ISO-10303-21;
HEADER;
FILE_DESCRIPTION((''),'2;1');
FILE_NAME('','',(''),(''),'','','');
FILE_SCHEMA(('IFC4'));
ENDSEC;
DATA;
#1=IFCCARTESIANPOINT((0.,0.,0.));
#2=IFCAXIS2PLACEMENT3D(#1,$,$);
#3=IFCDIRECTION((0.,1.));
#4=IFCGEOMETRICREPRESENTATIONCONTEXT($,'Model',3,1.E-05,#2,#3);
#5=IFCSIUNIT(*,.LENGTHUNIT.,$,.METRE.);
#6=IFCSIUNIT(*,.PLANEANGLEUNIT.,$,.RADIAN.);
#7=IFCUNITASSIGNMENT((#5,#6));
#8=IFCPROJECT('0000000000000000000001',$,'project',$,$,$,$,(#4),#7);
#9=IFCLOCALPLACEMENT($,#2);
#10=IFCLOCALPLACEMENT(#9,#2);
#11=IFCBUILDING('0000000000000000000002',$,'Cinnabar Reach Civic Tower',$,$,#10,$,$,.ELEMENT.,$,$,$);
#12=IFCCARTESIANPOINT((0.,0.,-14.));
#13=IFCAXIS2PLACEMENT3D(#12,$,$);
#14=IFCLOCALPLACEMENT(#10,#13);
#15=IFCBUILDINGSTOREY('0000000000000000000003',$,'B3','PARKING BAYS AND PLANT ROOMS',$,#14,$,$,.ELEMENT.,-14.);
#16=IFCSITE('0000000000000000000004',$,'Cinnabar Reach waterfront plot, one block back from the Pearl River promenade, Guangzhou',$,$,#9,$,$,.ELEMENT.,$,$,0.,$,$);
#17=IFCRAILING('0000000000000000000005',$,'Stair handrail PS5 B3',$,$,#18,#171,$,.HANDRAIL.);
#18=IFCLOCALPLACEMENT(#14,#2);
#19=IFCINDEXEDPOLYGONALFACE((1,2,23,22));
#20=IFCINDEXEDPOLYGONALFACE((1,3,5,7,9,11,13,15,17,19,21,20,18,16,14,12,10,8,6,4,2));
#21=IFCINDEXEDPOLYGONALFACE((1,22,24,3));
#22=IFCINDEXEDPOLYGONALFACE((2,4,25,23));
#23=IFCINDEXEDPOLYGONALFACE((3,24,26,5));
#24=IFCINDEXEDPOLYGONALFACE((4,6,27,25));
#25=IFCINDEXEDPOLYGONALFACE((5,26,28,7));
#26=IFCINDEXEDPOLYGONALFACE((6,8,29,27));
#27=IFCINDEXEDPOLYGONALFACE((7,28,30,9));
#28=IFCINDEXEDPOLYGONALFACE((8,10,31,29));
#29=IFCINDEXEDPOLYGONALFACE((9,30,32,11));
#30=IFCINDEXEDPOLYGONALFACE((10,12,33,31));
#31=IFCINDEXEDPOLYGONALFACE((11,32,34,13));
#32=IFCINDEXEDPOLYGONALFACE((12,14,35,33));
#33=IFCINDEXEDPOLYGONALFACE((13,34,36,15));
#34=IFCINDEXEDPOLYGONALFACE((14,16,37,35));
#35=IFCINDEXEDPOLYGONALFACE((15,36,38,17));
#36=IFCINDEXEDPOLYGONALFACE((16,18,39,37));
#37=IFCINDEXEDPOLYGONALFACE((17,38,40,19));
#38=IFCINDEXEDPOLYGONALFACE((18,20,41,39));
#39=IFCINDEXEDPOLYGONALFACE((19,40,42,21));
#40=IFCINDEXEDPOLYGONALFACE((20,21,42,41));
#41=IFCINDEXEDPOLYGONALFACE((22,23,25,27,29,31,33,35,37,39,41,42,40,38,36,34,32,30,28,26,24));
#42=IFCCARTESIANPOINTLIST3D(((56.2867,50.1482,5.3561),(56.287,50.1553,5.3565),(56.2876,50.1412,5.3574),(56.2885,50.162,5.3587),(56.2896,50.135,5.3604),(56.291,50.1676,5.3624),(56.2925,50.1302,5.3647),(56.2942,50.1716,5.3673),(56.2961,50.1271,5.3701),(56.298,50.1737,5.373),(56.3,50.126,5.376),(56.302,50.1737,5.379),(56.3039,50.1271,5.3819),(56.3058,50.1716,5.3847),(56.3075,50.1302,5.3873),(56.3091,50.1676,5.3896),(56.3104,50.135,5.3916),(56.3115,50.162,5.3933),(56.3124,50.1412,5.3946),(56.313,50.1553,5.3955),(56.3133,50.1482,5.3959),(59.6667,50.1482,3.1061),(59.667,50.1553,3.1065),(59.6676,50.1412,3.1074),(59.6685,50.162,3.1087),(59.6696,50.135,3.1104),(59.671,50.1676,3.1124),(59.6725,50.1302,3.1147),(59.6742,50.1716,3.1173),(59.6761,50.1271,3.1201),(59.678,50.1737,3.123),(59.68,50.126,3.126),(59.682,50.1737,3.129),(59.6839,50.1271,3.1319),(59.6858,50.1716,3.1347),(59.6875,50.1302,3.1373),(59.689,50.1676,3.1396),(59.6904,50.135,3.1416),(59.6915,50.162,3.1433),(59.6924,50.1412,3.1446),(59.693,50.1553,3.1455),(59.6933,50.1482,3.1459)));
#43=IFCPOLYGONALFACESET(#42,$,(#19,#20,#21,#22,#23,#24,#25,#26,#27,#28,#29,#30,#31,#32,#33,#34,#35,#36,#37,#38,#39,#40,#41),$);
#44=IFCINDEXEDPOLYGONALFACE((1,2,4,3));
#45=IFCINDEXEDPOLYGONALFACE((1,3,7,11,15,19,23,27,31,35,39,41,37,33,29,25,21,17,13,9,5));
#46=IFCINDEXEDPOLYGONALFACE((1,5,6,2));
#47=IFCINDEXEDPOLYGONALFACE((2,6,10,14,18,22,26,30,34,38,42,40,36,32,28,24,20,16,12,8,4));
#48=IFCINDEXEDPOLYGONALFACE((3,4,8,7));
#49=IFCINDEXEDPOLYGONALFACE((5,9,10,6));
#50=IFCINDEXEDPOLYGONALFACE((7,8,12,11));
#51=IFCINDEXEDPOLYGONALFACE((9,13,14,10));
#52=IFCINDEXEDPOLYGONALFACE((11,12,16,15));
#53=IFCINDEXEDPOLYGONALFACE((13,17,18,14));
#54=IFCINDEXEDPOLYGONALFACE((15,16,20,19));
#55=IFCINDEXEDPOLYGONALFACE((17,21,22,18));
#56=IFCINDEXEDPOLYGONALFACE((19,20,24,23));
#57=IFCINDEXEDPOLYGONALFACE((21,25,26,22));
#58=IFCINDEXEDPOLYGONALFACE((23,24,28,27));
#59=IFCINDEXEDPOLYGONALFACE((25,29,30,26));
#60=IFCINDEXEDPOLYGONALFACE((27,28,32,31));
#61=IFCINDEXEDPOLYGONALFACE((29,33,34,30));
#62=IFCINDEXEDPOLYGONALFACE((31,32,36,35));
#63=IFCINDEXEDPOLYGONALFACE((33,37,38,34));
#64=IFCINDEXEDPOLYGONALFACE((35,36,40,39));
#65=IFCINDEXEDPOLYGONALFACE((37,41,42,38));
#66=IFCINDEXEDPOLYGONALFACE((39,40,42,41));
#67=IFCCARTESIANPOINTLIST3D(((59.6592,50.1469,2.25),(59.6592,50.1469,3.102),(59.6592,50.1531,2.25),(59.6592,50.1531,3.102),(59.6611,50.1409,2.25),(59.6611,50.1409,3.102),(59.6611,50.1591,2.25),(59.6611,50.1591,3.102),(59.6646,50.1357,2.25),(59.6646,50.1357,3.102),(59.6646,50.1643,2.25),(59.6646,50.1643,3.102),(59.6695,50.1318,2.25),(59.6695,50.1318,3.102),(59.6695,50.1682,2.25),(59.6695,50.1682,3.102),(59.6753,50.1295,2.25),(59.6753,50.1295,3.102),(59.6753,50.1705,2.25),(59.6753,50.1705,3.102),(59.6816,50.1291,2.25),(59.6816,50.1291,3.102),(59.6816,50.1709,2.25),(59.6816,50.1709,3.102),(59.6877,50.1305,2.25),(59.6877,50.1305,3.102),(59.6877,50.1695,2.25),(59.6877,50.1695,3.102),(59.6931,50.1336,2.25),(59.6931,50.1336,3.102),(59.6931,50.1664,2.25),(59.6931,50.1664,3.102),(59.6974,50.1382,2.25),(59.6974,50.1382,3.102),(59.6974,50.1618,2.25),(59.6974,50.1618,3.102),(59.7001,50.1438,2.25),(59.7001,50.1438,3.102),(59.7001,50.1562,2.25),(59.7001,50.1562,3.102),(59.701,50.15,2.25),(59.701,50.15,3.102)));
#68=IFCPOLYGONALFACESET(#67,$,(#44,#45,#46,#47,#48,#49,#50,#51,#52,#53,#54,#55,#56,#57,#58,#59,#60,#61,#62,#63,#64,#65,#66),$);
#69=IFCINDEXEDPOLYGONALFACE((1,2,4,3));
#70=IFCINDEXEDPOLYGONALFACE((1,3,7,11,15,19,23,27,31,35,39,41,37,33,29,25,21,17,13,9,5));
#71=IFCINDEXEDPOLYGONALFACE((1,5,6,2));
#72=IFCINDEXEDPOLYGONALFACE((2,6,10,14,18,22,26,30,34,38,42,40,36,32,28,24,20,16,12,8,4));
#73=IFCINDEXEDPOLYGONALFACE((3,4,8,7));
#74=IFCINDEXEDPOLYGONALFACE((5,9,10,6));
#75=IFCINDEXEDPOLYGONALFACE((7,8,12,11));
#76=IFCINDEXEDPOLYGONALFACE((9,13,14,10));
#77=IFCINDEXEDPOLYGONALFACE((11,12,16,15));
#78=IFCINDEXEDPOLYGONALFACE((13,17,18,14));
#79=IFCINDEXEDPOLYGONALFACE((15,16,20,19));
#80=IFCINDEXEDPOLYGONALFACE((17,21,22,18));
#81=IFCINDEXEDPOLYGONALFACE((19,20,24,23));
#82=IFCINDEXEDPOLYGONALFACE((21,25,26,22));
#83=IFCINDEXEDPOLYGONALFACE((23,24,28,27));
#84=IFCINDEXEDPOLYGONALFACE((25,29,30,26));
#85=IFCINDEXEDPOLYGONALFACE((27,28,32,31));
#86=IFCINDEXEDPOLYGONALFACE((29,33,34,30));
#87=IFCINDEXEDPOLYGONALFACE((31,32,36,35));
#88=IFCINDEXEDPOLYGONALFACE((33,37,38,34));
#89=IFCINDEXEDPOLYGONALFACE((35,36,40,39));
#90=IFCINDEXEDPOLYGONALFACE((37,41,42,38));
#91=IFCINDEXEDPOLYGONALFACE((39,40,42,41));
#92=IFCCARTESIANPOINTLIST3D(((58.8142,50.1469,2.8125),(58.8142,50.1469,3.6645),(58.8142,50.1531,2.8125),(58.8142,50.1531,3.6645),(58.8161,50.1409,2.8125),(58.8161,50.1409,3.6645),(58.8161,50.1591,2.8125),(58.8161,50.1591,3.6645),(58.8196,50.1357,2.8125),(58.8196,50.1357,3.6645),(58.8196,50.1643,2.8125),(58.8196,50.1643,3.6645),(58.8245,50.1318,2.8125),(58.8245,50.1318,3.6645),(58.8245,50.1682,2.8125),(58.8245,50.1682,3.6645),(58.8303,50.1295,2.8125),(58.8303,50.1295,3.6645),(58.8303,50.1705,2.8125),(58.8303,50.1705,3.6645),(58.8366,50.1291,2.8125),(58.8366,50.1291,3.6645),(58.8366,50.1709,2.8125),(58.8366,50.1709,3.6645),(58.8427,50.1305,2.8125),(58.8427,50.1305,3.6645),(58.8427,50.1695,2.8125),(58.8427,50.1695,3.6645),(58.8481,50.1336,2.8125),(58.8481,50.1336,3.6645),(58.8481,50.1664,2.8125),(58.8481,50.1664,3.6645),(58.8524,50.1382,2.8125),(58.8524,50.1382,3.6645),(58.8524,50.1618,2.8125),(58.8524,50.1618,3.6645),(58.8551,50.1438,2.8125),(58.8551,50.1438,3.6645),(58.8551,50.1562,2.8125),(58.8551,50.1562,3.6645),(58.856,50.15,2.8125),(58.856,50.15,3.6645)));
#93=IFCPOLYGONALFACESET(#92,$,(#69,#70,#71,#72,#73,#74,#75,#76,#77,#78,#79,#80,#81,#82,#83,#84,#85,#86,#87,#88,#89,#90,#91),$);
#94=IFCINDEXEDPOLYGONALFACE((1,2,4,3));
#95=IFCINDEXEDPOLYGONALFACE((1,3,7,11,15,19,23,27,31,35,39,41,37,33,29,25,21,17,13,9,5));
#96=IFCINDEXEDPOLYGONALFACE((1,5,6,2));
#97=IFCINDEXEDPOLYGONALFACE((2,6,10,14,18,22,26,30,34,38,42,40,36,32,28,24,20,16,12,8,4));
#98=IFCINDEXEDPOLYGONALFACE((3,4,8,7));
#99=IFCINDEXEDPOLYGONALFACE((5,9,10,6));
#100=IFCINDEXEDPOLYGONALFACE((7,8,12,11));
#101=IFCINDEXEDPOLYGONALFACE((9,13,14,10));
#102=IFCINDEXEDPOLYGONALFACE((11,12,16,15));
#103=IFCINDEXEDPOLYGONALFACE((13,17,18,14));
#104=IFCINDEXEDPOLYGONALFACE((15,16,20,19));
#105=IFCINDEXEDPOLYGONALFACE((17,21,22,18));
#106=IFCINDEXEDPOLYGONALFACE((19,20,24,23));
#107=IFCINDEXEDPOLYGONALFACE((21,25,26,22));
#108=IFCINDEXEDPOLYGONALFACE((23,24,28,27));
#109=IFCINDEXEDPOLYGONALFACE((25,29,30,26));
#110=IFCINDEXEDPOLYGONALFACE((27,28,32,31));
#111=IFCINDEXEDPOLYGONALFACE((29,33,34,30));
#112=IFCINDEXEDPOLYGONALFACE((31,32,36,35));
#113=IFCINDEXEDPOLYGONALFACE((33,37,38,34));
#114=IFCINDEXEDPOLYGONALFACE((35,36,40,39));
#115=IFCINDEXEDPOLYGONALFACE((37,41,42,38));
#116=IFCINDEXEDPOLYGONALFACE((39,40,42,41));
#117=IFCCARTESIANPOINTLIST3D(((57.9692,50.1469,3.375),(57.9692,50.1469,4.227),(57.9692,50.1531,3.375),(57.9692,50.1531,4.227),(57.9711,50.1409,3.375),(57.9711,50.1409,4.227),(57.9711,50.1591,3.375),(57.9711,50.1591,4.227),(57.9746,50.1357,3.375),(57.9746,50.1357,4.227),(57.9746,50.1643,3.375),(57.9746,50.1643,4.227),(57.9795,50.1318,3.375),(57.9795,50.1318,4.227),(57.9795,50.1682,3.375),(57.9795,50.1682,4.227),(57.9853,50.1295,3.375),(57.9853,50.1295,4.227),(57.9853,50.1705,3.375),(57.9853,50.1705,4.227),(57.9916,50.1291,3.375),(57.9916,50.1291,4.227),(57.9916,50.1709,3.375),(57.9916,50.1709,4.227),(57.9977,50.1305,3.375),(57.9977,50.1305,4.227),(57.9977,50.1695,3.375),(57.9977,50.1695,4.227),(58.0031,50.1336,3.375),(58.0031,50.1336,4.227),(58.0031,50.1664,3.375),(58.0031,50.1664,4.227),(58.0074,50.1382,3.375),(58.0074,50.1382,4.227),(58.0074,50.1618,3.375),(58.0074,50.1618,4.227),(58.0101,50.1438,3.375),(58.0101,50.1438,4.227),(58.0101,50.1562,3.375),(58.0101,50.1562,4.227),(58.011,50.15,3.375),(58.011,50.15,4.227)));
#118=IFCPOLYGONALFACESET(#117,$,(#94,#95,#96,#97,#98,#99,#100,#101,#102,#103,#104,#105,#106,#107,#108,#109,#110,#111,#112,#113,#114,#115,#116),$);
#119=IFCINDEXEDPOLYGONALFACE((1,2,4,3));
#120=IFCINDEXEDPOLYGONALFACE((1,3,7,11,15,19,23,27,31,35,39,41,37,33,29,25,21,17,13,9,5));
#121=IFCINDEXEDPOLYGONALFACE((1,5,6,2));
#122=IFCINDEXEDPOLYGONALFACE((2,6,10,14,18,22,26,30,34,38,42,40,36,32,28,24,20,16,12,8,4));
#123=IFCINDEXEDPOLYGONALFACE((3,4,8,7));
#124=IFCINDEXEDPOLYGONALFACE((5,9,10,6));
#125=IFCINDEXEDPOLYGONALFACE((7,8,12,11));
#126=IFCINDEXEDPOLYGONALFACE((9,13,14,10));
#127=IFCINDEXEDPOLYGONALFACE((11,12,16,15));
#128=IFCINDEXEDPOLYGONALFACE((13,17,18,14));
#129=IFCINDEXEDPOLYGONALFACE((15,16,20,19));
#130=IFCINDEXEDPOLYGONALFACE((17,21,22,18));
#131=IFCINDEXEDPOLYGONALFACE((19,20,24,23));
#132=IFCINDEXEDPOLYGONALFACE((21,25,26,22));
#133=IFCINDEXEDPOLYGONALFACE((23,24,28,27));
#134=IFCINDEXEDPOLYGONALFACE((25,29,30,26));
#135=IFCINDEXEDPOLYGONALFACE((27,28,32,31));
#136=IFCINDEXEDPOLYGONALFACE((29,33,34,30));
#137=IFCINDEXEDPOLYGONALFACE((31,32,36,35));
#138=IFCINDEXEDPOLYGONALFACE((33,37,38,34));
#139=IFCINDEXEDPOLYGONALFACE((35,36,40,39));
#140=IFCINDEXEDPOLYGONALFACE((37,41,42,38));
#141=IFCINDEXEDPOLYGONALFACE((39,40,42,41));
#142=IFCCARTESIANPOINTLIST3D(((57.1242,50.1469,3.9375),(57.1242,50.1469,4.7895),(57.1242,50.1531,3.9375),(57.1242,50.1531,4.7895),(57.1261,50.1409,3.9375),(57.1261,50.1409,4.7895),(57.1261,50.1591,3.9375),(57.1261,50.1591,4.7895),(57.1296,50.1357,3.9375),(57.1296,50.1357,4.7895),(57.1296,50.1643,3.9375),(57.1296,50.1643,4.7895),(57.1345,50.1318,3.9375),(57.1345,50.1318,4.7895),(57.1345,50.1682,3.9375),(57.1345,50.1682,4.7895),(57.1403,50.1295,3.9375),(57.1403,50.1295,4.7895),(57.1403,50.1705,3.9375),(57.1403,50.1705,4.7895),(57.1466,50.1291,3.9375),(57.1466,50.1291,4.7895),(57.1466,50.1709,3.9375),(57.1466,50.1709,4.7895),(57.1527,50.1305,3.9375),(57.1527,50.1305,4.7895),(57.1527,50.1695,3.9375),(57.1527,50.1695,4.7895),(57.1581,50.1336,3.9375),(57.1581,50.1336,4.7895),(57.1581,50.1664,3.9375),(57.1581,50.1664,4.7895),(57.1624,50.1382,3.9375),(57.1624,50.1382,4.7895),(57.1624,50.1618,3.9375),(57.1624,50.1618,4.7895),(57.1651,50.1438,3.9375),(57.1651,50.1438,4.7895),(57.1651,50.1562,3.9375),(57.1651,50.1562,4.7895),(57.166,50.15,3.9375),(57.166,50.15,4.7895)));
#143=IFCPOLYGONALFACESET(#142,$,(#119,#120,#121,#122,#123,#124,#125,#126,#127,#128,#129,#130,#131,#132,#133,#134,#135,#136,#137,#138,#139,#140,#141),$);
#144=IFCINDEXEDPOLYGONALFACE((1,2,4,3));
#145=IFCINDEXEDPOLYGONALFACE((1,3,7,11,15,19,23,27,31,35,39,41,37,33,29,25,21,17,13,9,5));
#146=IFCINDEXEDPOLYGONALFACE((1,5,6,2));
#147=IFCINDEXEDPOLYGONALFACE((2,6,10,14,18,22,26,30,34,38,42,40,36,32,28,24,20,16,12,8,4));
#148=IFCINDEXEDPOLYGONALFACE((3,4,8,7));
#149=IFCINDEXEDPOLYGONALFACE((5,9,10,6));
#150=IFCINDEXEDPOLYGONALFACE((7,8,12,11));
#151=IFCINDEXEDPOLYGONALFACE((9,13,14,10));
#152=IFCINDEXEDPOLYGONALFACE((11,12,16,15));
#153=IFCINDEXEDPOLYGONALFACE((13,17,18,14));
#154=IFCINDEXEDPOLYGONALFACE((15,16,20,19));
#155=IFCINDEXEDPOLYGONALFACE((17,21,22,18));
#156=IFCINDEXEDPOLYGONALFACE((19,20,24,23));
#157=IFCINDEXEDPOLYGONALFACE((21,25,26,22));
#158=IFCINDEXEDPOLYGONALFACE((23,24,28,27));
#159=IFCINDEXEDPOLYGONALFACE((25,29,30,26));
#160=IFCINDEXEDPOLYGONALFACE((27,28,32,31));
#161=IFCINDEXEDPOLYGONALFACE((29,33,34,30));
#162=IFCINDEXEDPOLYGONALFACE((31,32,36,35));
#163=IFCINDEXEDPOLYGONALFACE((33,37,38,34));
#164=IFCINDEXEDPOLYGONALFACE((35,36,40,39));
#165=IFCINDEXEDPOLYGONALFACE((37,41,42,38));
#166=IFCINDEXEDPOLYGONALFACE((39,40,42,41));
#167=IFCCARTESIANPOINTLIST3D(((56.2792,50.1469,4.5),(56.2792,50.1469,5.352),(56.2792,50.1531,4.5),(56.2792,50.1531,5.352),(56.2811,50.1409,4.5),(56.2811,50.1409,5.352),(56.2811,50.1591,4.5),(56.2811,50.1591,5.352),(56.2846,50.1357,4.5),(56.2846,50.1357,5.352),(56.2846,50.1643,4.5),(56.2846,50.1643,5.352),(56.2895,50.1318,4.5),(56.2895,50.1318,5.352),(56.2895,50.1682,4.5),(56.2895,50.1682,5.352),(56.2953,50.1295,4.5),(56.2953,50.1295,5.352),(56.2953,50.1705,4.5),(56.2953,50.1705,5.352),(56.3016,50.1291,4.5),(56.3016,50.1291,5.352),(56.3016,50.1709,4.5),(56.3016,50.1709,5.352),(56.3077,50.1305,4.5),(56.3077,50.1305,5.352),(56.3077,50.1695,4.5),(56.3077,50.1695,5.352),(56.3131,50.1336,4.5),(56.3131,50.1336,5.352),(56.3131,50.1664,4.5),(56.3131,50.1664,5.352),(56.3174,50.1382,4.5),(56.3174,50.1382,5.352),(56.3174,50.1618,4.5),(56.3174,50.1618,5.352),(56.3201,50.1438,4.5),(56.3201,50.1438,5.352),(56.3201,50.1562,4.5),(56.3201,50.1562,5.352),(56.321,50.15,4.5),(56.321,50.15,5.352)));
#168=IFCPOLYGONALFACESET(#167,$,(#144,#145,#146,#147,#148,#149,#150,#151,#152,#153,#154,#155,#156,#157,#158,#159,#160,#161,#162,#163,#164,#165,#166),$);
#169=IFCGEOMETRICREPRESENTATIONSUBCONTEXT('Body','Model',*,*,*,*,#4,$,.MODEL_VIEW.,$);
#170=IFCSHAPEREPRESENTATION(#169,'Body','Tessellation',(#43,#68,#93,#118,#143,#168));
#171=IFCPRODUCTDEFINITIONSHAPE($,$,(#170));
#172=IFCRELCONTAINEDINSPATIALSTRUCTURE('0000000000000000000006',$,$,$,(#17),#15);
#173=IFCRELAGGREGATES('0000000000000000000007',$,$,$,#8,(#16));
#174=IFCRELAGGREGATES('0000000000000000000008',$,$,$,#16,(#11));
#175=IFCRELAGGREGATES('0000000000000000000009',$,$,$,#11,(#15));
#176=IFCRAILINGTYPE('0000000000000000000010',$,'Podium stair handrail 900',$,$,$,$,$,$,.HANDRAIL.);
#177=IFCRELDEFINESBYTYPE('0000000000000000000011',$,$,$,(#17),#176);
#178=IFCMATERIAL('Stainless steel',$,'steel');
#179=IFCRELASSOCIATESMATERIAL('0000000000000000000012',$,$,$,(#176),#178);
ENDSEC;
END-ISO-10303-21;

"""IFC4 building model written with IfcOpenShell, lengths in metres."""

from ifc_helpers import new_model, si_unit, direction, frame, origin, origin_2d, place, context, subcontext, project, spatial, circle, extrude, material, type_object, element, save


model = new_model("IFC4")

# Units and contexts
model_context = context("Model", 3, precision=1e-05, world=origin(), true_north=direction((0.0, 1.0)))
body_context = subcontext(model_context, "Body", "Model", "MODEL_VIEW")
ifc_project = project(units=[si_unit("LENGTHUNIT", "METRE"), si_unit("PLANEANGLEUNIT", "RADIAN")], contexts=[model_context])

# Site, building, storey
site_placement = place(None, origin())
site = spatial("IfcSite", under=ifc_project, at=site_placement, Name="Cinnabar Reach waterfront plot, one block back from the Pearl River promenade, Guangzhou", CompositionType="ELEMENT", RefElevation=0.0)
building_placement = place(site_placement, origin())
building = spatial("IfcBuilding", under=site, at=building_placement, Name="Cinnabar Reach Civic Tower", CompositionType="ELEMENT")
storey_placement = place(building_placement, frame((0.0, 0.0, -14.0)))
storey = spatial("IfcBuildingStorey", under=building, at=storey_placement, Name="B3", Description="PARKING BAYS AND PLANT ROOMS", CompositionType="ELEMENT", Elevation=-14.0)

# Railing
ifc_material_1 = material(Name="Stainless steel", Category="steel")
railing_type_1 = type_object("IfcRailingType", Name="Podium stair handrail 900", PredefinedType="HANDRAIL", material=ifc_material_1)
railing_1_placement = place(storey_placement, frame((59.68, 50.15, 2.25)))
element("IfcRailing", 1, at=railing_1_placement, inside=storey, type_object=railing_type_1, Name="Stair handrail PS5 B3", PredefinedType="HANDRAIL", context=body_context, shape_type="SweptSolid", body=[
    extrude(circle(Radius=0.024, at=origin_2d()), frame((0.0, 0.0, 0.876), z_axis=(-0.832429, 0.0, 0.554132), x_axis=(0.0, -1.0, 0.0)), (0.0, 0.0, 1.0), 4.0604),
    extrude(circle(Radius=0.021, at=origin_2d()), origin(), (0.0, 0.0, 1.0), 0.852),
    extrude(circle(Radius=0.021, at=origin_2d()), frame((-0.845, 0.0, 0.5625)), (0.0, 0.0, 1.0), 0.852),
    extrude(circle(Radius=0.021, at=origin_2d()), frame((-1.69, 0.0, 1.125)), (0.0, 0.0, 1.0), 0.852),
    extrude(circle(Radius=0.021, at=origin_2d()), frame((-2.535, 0.0, 1.6875)), (0.0, 0.0, 1.0), 0.852),
    extrude(circle(Radius=0.021, at=origin_2d()), frame((-3.38, 0.0, 2.25)), (0.0, 0.0, 1.0), 0.852),
])

save(model, "model.ifc")
